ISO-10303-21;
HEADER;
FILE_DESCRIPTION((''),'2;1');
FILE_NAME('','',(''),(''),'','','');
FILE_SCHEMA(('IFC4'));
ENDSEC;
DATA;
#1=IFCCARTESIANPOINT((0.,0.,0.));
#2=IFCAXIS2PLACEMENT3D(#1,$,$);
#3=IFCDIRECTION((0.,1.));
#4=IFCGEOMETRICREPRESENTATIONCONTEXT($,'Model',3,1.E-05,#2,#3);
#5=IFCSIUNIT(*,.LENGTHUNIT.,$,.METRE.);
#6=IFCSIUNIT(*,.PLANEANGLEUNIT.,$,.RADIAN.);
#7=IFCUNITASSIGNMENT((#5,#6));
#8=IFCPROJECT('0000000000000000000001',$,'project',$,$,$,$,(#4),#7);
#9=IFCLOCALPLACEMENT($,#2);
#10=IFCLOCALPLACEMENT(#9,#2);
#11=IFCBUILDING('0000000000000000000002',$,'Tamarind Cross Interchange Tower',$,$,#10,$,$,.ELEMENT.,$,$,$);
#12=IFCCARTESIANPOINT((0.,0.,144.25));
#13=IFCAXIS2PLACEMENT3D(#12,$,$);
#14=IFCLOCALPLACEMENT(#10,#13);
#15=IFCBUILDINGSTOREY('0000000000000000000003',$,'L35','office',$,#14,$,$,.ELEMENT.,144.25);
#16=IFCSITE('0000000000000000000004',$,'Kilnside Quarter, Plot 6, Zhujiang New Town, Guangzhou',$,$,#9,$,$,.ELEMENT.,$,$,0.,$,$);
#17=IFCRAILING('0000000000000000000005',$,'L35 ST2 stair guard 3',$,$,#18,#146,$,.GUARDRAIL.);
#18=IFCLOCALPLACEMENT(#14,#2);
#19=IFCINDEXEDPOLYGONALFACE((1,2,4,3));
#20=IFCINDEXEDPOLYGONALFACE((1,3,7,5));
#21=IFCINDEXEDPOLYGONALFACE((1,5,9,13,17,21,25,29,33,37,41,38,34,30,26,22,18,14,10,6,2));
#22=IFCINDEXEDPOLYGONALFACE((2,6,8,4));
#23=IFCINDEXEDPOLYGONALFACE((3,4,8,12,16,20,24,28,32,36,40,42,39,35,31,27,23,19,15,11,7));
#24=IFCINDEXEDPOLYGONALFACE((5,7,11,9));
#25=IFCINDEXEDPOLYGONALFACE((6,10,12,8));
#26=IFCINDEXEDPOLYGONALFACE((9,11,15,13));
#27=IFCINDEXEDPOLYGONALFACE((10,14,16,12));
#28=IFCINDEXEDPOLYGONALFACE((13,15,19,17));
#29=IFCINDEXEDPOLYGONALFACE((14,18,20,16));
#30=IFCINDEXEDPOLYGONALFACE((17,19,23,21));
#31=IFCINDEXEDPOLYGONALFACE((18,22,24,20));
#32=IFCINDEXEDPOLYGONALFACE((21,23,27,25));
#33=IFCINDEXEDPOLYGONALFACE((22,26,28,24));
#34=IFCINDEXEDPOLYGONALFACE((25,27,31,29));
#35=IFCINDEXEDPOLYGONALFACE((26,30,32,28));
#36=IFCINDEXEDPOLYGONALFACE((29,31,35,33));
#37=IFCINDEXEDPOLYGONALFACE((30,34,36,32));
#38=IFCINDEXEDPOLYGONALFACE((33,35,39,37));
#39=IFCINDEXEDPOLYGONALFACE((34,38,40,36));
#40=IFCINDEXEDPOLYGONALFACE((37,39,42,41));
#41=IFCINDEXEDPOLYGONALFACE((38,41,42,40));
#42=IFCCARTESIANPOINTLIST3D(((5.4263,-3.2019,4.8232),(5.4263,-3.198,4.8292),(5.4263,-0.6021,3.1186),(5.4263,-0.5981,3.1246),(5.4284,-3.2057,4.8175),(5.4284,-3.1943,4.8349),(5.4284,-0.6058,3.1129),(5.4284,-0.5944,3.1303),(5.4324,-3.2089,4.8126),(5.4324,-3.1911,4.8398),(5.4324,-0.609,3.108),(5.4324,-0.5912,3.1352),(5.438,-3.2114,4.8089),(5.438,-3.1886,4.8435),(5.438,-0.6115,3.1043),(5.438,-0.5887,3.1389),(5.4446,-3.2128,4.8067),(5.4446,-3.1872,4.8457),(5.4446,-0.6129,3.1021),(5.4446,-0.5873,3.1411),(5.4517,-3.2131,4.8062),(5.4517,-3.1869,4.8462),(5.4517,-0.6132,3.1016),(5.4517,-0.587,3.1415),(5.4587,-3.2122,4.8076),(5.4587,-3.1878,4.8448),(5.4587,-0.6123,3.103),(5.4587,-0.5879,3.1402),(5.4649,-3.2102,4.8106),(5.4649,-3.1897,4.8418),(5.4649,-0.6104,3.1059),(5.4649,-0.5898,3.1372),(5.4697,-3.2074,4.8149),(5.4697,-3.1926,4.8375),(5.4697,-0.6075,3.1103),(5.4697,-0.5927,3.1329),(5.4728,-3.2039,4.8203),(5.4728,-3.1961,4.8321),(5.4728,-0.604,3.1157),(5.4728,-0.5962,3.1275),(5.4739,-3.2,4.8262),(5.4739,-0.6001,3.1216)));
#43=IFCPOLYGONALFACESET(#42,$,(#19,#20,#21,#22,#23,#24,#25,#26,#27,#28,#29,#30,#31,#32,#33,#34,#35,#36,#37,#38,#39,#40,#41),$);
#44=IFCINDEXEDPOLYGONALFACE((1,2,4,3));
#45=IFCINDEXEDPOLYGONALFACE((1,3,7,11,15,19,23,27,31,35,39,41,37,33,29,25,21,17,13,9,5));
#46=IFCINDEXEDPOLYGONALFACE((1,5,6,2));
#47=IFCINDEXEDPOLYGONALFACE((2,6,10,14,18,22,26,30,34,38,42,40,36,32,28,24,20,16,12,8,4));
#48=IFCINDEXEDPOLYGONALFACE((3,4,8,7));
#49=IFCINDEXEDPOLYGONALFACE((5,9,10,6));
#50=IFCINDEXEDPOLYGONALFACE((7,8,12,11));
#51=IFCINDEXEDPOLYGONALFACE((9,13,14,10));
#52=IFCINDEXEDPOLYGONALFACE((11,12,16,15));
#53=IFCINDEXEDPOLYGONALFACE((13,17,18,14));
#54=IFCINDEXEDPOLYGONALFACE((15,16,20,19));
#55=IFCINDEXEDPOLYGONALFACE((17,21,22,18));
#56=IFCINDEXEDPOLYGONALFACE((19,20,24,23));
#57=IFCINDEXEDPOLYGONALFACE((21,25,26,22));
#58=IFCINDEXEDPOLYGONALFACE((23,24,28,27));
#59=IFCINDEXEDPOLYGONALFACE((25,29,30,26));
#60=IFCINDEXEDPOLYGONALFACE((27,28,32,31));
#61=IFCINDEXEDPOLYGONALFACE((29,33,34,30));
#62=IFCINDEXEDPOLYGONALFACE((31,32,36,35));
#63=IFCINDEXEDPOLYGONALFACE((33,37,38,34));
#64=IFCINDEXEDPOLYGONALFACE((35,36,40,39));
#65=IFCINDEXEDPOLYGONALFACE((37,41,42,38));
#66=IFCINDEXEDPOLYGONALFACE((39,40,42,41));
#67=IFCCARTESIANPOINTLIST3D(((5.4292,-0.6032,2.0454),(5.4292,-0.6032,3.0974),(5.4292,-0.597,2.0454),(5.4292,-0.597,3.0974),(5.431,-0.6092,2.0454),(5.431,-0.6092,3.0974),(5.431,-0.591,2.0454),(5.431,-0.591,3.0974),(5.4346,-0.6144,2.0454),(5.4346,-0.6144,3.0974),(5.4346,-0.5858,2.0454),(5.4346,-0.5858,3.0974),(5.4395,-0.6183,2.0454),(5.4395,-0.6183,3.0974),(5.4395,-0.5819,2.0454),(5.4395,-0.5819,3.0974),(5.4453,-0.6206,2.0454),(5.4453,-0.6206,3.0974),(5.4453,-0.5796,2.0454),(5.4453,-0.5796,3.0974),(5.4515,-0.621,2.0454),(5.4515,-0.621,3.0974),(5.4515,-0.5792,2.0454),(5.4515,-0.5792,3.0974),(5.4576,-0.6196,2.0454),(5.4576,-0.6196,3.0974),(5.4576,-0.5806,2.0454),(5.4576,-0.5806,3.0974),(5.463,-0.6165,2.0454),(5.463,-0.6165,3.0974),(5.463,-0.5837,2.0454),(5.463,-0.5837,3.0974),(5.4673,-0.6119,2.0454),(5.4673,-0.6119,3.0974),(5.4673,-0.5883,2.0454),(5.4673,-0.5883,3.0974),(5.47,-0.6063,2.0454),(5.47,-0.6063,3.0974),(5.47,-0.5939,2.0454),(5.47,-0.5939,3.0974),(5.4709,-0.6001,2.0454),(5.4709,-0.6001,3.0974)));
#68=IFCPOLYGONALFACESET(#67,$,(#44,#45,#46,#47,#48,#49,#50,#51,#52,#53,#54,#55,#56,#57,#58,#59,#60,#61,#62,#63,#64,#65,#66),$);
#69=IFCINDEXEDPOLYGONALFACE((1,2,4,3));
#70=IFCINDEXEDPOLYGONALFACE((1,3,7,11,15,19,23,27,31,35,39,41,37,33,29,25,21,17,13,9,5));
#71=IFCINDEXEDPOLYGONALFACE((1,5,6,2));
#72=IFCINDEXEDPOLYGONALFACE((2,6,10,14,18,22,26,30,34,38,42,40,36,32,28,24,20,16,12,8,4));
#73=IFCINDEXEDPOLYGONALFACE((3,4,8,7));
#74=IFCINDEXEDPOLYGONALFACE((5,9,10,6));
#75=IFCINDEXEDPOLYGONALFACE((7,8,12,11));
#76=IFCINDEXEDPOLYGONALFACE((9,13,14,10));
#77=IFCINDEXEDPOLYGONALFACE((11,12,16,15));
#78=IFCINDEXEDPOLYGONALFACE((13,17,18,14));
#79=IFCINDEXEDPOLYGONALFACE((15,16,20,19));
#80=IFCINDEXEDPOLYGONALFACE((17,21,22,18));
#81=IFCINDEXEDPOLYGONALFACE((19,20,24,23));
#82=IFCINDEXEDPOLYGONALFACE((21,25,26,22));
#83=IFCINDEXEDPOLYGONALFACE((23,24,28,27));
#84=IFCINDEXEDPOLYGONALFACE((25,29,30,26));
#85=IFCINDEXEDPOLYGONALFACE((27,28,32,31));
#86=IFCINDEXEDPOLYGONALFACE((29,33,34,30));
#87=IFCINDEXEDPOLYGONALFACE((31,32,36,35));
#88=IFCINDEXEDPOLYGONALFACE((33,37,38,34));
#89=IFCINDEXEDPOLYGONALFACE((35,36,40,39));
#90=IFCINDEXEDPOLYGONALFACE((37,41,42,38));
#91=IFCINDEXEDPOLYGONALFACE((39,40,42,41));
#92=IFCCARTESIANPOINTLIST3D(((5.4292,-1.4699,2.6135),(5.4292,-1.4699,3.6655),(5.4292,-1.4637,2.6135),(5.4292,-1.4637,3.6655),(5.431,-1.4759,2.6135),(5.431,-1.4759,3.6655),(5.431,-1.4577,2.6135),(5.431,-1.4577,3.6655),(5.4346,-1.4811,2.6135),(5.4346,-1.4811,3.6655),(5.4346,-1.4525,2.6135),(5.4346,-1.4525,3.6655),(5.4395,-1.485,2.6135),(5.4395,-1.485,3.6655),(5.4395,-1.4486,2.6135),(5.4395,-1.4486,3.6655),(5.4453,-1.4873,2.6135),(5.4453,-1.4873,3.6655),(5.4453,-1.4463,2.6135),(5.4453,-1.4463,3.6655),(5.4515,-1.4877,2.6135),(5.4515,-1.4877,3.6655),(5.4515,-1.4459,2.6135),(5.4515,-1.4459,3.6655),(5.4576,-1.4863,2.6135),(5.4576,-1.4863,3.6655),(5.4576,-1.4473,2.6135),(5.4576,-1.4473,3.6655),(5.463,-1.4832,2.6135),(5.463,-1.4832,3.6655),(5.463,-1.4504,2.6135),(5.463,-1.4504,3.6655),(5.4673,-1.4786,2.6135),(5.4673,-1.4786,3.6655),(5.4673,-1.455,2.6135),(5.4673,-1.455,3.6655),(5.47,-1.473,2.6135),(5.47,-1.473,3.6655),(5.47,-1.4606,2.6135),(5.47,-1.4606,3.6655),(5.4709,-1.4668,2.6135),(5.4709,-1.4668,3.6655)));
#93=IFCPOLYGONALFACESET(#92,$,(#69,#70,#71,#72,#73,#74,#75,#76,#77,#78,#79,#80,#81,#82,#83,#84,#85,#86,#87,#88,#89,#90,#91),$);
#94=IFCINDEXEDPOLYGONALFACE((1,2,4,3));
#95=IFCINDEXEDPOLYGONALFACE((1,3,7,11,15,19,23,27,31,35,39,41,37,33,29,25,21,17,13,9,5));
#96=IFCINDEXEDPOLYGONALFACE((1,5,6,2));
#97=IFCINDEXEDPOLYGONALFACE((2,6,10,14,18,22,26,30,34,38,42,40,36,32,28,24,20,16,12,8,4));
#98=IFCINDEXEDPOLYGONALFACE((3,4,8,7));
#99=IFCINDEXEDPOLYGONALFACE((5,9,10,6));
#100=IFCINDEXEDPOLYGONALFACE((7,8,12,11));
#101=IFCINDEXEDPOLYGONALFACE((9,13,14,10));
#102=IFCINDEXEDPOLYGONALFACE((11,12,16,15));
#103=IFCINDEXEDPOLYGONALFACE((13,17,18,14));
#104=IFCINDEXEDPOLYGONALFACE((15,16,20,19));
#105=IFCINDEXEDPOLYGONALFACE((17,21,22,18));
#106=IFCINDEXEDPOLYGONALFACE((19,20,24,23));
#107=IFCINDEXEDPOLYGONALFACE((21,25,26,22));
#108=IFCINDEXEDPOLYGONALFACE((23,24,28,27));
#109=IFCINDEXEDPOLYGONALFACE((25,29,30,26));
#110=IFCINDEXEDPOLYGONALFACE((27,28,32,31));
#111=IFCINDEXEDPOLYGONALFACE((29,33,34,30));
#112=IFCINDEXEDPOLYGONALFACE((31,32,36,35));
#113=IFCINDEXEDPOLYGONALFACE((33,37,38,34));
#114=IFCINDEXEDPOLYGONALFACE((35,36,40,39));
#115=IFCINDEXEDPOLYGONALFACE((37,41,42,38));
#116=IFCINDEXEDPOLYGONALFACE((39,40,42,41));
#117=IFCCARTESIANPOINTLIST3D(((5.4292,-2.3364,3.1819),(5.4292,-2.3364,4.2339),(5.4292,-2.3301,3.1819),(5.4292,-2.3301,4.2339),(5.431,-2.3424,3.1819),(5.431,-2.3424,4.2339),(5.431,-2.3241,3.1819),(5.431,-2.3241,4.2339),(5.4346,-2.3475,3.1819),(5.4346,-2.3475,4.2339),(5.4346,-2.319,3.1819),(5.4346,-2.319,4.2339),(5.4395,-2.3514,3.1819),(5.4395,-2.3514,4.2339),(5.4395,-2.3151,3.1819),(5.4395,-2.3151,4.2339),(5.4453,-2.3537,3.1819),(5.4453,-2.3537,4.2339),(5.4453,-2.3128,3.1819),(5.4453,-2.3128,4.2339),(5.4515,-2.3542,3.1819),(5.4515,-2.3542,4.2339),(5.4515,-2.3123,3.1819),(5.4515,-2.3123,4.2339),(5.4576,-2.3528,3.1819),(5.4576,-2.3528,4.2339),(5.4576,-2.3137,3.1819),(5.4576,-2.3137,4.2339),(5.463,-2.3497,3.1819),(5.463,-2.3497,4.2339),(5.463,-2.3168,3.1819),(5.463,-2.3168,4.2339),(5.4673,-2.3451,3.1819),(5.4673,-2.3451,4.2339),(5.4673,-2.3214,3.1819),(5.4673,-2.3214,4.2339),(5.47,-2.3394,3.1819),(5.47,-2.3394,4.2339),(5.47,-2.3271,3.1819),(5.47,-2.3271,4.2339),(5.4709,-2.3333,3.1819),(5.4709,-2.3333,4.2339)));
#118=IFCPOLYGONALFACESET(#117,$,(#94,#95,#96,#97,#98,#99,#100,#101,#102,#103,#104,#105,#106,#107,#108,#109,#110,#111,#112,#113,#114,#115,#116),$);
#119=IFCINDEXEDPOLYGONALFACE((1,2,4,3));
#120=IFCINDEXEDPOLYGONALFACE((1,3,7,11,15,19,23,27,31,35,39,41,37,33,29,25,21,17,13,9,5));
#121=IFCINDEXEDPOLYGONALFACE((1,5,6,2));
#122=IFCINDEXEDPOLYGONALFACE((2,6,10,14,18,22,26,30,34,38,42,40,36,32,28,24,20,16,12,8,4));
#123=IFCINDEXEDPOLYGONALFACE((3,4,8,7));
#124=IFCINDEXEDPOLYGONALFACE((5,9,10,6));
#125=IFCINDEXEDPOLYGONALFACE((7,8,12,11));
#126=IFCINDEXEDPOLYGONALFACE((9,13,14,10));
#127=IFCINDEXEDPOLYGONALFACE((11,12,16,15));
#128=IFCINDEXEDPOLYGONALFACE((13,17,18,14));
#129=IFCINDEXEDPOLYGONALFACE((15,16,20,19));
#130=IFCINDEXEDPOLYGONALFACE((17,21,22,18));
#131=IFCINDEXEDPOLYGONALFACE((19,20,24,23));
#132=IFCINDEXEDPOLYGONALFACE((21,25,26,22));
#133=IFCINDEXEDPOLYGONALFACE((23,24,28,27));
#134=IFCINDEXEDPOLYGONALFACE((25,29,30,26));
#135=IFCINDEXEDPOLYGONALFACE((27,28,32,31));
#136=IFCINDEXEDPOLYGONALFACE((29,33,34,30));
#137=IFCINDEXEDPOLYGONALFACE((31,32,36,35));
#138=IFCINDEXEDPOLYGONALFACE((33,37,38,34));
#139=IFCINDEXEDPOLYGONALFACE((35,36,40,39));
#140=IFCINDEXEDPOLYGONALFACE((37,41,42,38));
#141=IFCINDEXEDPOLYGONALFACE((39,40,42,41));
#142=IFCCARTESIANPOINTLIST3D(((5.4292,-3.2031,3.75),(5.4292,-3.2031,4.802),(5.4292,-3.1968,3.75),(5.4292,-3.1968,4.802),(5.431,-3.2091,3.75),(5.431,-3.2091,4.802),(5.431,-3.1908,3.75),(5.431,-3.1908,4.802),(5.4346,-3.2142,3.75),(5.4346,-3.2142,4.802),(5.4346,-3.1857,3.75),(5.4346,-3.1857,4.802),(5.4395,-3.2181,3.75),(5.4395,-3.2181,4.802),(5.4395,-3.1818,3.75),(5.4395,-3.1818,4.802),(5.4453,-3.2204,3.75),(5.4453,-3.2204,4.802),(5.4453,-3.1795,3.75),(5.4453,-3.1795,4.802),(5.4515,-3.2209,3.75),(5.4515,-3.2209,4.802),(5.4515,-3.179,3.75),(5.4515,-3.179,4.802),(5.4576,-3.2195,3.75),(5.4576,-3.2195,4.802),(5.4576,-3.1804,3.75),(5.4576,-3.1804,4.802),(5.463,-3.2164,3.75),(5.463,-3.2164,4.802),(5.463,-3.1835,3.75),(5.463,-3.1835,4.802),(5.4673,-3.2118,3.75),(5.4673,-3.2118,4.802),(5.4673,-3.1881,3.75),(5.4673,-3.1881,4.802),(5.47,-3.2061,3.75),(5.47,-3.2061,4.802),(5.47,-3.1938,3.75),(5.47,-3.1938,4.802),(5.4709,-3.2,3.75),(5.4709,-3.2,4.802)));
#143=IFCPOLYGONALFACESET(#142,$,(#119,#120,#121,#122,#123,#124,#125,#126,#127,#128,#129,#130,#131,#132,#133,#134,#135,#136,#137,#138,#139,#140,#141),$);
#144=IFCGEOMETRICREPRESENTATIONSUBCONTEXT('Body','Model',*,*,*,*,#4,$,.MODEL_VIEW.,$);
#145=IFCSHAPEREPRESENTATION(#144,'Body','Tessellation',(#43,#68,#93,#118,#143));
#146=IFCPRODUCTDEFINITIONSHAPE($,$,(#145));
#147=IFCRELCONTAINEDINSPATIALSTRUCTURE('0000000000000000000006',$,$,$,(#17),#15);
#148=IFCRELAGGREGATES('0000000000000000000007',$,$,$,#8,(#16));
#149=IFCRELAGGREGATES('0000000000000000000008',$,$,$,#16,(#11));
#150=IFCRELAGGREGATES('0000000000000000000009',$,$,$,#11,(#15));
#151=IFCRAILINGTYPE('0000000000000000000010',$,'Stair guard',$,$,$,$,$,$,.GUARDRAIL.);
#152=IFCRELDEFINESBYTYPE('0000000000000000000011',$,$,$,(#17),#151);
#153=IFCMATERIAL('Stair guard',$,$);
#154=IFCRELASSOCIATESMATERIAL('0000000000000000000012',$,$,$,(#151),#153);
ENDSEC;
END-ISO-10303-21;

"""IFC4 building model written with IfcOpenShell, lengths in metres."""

from ifc_helpers import new_model, si_unit, direction, frame, origin, origin_2d, place, context, subcontext, project, spatial, circle, extrude, material, type_object, element, save


model = new_model("IFC4")

# Units and contexts
model_context = context("Model", 3, precision=1e-05, world=origin(), true_north=direction((0.0, 1.0)))
body_context = subcontext(model_context, "Body", "Model", "MODEL_VIEW")
ifc_project = project(units=[si_unit("LENGTHUNIT", "METRE"), si_unit("PLANEANGLEUNIT", "RADIAN")], contexts=[model_context])

# Site, building, storey
site_placement = place(None, origin())
site = spatial("IfcSite", under=ifc_project, at=site_placement, Name="Kilnside Quarter, Plot 6, Zhujiang New Town, Guangzhou", CompositionType="ELEMENT", RefElevation=0.0)
building_placement = place(site_placement, origin())
building = spatial("IfcBuilding", under=site, at=building_placement, Name="Tamarind Cross Interchange Tower", CompositionType="ELEMENT")
storey_placement = place(building_placement, frame((0.0, 0.0, 144.25)))
storey = spatial("IfcBuildingStorey", under=building, at=storey_placement, Name="L35", Description="office", CompositionType="ELEMENT", Elevation=144.25)

# Railing
ifc_material_1 = material(Name="Stair guard")
railing_type_1 = type_object("IfcRailingType", Name="Stair guard", PredefinedType="GUARDRAIL", material=ifc_material_1)
railing_1_placement = place(storey_placement, frame((5.45, -0.6001, 2.0454)))
element("IfcRailing", 1, at=railing_1_placement, inside=storey, type_object=railing_type_1, Name="L35 ST2 stair guard 3", PredefinedType="GUARDRAIL", context=body_context, shape_type="SweptSolid", body=[
    extrude(circle(Radius=0.0239, at=origin_2d()), frame((0.0, 0.0, 1.0762), z_axis=(0.0, -0.836279, 0.548305), x_axis=(1.0, 0.0, 0.0)), (0.0, 0.0, 1.0), 3.1089),
    extrude(circle(Radius=0.021, at=origin_2d()), origin(), (0.0, 0.0, 1.0), 1.052),
    extrude(circle(Radius=0.021, at=origin_2d()), frame((0.0, -0.8667, 0.5681)), (0.0, 0.0, 1.0), 1.052),
    extrude(circle(Radius=0.021, at=origin_2d()), frame((0.0, -1.7332, 1.1365)), (0.0, 0.0, 1.0), 1.052),
    extrude(circle(Radius=0.021, at=origin_2d()), frame((0.0, -2.5999, 1.7046)), (0.0, 0.0, 1.0), 1.052),
])

save(model, "model.ifc")
